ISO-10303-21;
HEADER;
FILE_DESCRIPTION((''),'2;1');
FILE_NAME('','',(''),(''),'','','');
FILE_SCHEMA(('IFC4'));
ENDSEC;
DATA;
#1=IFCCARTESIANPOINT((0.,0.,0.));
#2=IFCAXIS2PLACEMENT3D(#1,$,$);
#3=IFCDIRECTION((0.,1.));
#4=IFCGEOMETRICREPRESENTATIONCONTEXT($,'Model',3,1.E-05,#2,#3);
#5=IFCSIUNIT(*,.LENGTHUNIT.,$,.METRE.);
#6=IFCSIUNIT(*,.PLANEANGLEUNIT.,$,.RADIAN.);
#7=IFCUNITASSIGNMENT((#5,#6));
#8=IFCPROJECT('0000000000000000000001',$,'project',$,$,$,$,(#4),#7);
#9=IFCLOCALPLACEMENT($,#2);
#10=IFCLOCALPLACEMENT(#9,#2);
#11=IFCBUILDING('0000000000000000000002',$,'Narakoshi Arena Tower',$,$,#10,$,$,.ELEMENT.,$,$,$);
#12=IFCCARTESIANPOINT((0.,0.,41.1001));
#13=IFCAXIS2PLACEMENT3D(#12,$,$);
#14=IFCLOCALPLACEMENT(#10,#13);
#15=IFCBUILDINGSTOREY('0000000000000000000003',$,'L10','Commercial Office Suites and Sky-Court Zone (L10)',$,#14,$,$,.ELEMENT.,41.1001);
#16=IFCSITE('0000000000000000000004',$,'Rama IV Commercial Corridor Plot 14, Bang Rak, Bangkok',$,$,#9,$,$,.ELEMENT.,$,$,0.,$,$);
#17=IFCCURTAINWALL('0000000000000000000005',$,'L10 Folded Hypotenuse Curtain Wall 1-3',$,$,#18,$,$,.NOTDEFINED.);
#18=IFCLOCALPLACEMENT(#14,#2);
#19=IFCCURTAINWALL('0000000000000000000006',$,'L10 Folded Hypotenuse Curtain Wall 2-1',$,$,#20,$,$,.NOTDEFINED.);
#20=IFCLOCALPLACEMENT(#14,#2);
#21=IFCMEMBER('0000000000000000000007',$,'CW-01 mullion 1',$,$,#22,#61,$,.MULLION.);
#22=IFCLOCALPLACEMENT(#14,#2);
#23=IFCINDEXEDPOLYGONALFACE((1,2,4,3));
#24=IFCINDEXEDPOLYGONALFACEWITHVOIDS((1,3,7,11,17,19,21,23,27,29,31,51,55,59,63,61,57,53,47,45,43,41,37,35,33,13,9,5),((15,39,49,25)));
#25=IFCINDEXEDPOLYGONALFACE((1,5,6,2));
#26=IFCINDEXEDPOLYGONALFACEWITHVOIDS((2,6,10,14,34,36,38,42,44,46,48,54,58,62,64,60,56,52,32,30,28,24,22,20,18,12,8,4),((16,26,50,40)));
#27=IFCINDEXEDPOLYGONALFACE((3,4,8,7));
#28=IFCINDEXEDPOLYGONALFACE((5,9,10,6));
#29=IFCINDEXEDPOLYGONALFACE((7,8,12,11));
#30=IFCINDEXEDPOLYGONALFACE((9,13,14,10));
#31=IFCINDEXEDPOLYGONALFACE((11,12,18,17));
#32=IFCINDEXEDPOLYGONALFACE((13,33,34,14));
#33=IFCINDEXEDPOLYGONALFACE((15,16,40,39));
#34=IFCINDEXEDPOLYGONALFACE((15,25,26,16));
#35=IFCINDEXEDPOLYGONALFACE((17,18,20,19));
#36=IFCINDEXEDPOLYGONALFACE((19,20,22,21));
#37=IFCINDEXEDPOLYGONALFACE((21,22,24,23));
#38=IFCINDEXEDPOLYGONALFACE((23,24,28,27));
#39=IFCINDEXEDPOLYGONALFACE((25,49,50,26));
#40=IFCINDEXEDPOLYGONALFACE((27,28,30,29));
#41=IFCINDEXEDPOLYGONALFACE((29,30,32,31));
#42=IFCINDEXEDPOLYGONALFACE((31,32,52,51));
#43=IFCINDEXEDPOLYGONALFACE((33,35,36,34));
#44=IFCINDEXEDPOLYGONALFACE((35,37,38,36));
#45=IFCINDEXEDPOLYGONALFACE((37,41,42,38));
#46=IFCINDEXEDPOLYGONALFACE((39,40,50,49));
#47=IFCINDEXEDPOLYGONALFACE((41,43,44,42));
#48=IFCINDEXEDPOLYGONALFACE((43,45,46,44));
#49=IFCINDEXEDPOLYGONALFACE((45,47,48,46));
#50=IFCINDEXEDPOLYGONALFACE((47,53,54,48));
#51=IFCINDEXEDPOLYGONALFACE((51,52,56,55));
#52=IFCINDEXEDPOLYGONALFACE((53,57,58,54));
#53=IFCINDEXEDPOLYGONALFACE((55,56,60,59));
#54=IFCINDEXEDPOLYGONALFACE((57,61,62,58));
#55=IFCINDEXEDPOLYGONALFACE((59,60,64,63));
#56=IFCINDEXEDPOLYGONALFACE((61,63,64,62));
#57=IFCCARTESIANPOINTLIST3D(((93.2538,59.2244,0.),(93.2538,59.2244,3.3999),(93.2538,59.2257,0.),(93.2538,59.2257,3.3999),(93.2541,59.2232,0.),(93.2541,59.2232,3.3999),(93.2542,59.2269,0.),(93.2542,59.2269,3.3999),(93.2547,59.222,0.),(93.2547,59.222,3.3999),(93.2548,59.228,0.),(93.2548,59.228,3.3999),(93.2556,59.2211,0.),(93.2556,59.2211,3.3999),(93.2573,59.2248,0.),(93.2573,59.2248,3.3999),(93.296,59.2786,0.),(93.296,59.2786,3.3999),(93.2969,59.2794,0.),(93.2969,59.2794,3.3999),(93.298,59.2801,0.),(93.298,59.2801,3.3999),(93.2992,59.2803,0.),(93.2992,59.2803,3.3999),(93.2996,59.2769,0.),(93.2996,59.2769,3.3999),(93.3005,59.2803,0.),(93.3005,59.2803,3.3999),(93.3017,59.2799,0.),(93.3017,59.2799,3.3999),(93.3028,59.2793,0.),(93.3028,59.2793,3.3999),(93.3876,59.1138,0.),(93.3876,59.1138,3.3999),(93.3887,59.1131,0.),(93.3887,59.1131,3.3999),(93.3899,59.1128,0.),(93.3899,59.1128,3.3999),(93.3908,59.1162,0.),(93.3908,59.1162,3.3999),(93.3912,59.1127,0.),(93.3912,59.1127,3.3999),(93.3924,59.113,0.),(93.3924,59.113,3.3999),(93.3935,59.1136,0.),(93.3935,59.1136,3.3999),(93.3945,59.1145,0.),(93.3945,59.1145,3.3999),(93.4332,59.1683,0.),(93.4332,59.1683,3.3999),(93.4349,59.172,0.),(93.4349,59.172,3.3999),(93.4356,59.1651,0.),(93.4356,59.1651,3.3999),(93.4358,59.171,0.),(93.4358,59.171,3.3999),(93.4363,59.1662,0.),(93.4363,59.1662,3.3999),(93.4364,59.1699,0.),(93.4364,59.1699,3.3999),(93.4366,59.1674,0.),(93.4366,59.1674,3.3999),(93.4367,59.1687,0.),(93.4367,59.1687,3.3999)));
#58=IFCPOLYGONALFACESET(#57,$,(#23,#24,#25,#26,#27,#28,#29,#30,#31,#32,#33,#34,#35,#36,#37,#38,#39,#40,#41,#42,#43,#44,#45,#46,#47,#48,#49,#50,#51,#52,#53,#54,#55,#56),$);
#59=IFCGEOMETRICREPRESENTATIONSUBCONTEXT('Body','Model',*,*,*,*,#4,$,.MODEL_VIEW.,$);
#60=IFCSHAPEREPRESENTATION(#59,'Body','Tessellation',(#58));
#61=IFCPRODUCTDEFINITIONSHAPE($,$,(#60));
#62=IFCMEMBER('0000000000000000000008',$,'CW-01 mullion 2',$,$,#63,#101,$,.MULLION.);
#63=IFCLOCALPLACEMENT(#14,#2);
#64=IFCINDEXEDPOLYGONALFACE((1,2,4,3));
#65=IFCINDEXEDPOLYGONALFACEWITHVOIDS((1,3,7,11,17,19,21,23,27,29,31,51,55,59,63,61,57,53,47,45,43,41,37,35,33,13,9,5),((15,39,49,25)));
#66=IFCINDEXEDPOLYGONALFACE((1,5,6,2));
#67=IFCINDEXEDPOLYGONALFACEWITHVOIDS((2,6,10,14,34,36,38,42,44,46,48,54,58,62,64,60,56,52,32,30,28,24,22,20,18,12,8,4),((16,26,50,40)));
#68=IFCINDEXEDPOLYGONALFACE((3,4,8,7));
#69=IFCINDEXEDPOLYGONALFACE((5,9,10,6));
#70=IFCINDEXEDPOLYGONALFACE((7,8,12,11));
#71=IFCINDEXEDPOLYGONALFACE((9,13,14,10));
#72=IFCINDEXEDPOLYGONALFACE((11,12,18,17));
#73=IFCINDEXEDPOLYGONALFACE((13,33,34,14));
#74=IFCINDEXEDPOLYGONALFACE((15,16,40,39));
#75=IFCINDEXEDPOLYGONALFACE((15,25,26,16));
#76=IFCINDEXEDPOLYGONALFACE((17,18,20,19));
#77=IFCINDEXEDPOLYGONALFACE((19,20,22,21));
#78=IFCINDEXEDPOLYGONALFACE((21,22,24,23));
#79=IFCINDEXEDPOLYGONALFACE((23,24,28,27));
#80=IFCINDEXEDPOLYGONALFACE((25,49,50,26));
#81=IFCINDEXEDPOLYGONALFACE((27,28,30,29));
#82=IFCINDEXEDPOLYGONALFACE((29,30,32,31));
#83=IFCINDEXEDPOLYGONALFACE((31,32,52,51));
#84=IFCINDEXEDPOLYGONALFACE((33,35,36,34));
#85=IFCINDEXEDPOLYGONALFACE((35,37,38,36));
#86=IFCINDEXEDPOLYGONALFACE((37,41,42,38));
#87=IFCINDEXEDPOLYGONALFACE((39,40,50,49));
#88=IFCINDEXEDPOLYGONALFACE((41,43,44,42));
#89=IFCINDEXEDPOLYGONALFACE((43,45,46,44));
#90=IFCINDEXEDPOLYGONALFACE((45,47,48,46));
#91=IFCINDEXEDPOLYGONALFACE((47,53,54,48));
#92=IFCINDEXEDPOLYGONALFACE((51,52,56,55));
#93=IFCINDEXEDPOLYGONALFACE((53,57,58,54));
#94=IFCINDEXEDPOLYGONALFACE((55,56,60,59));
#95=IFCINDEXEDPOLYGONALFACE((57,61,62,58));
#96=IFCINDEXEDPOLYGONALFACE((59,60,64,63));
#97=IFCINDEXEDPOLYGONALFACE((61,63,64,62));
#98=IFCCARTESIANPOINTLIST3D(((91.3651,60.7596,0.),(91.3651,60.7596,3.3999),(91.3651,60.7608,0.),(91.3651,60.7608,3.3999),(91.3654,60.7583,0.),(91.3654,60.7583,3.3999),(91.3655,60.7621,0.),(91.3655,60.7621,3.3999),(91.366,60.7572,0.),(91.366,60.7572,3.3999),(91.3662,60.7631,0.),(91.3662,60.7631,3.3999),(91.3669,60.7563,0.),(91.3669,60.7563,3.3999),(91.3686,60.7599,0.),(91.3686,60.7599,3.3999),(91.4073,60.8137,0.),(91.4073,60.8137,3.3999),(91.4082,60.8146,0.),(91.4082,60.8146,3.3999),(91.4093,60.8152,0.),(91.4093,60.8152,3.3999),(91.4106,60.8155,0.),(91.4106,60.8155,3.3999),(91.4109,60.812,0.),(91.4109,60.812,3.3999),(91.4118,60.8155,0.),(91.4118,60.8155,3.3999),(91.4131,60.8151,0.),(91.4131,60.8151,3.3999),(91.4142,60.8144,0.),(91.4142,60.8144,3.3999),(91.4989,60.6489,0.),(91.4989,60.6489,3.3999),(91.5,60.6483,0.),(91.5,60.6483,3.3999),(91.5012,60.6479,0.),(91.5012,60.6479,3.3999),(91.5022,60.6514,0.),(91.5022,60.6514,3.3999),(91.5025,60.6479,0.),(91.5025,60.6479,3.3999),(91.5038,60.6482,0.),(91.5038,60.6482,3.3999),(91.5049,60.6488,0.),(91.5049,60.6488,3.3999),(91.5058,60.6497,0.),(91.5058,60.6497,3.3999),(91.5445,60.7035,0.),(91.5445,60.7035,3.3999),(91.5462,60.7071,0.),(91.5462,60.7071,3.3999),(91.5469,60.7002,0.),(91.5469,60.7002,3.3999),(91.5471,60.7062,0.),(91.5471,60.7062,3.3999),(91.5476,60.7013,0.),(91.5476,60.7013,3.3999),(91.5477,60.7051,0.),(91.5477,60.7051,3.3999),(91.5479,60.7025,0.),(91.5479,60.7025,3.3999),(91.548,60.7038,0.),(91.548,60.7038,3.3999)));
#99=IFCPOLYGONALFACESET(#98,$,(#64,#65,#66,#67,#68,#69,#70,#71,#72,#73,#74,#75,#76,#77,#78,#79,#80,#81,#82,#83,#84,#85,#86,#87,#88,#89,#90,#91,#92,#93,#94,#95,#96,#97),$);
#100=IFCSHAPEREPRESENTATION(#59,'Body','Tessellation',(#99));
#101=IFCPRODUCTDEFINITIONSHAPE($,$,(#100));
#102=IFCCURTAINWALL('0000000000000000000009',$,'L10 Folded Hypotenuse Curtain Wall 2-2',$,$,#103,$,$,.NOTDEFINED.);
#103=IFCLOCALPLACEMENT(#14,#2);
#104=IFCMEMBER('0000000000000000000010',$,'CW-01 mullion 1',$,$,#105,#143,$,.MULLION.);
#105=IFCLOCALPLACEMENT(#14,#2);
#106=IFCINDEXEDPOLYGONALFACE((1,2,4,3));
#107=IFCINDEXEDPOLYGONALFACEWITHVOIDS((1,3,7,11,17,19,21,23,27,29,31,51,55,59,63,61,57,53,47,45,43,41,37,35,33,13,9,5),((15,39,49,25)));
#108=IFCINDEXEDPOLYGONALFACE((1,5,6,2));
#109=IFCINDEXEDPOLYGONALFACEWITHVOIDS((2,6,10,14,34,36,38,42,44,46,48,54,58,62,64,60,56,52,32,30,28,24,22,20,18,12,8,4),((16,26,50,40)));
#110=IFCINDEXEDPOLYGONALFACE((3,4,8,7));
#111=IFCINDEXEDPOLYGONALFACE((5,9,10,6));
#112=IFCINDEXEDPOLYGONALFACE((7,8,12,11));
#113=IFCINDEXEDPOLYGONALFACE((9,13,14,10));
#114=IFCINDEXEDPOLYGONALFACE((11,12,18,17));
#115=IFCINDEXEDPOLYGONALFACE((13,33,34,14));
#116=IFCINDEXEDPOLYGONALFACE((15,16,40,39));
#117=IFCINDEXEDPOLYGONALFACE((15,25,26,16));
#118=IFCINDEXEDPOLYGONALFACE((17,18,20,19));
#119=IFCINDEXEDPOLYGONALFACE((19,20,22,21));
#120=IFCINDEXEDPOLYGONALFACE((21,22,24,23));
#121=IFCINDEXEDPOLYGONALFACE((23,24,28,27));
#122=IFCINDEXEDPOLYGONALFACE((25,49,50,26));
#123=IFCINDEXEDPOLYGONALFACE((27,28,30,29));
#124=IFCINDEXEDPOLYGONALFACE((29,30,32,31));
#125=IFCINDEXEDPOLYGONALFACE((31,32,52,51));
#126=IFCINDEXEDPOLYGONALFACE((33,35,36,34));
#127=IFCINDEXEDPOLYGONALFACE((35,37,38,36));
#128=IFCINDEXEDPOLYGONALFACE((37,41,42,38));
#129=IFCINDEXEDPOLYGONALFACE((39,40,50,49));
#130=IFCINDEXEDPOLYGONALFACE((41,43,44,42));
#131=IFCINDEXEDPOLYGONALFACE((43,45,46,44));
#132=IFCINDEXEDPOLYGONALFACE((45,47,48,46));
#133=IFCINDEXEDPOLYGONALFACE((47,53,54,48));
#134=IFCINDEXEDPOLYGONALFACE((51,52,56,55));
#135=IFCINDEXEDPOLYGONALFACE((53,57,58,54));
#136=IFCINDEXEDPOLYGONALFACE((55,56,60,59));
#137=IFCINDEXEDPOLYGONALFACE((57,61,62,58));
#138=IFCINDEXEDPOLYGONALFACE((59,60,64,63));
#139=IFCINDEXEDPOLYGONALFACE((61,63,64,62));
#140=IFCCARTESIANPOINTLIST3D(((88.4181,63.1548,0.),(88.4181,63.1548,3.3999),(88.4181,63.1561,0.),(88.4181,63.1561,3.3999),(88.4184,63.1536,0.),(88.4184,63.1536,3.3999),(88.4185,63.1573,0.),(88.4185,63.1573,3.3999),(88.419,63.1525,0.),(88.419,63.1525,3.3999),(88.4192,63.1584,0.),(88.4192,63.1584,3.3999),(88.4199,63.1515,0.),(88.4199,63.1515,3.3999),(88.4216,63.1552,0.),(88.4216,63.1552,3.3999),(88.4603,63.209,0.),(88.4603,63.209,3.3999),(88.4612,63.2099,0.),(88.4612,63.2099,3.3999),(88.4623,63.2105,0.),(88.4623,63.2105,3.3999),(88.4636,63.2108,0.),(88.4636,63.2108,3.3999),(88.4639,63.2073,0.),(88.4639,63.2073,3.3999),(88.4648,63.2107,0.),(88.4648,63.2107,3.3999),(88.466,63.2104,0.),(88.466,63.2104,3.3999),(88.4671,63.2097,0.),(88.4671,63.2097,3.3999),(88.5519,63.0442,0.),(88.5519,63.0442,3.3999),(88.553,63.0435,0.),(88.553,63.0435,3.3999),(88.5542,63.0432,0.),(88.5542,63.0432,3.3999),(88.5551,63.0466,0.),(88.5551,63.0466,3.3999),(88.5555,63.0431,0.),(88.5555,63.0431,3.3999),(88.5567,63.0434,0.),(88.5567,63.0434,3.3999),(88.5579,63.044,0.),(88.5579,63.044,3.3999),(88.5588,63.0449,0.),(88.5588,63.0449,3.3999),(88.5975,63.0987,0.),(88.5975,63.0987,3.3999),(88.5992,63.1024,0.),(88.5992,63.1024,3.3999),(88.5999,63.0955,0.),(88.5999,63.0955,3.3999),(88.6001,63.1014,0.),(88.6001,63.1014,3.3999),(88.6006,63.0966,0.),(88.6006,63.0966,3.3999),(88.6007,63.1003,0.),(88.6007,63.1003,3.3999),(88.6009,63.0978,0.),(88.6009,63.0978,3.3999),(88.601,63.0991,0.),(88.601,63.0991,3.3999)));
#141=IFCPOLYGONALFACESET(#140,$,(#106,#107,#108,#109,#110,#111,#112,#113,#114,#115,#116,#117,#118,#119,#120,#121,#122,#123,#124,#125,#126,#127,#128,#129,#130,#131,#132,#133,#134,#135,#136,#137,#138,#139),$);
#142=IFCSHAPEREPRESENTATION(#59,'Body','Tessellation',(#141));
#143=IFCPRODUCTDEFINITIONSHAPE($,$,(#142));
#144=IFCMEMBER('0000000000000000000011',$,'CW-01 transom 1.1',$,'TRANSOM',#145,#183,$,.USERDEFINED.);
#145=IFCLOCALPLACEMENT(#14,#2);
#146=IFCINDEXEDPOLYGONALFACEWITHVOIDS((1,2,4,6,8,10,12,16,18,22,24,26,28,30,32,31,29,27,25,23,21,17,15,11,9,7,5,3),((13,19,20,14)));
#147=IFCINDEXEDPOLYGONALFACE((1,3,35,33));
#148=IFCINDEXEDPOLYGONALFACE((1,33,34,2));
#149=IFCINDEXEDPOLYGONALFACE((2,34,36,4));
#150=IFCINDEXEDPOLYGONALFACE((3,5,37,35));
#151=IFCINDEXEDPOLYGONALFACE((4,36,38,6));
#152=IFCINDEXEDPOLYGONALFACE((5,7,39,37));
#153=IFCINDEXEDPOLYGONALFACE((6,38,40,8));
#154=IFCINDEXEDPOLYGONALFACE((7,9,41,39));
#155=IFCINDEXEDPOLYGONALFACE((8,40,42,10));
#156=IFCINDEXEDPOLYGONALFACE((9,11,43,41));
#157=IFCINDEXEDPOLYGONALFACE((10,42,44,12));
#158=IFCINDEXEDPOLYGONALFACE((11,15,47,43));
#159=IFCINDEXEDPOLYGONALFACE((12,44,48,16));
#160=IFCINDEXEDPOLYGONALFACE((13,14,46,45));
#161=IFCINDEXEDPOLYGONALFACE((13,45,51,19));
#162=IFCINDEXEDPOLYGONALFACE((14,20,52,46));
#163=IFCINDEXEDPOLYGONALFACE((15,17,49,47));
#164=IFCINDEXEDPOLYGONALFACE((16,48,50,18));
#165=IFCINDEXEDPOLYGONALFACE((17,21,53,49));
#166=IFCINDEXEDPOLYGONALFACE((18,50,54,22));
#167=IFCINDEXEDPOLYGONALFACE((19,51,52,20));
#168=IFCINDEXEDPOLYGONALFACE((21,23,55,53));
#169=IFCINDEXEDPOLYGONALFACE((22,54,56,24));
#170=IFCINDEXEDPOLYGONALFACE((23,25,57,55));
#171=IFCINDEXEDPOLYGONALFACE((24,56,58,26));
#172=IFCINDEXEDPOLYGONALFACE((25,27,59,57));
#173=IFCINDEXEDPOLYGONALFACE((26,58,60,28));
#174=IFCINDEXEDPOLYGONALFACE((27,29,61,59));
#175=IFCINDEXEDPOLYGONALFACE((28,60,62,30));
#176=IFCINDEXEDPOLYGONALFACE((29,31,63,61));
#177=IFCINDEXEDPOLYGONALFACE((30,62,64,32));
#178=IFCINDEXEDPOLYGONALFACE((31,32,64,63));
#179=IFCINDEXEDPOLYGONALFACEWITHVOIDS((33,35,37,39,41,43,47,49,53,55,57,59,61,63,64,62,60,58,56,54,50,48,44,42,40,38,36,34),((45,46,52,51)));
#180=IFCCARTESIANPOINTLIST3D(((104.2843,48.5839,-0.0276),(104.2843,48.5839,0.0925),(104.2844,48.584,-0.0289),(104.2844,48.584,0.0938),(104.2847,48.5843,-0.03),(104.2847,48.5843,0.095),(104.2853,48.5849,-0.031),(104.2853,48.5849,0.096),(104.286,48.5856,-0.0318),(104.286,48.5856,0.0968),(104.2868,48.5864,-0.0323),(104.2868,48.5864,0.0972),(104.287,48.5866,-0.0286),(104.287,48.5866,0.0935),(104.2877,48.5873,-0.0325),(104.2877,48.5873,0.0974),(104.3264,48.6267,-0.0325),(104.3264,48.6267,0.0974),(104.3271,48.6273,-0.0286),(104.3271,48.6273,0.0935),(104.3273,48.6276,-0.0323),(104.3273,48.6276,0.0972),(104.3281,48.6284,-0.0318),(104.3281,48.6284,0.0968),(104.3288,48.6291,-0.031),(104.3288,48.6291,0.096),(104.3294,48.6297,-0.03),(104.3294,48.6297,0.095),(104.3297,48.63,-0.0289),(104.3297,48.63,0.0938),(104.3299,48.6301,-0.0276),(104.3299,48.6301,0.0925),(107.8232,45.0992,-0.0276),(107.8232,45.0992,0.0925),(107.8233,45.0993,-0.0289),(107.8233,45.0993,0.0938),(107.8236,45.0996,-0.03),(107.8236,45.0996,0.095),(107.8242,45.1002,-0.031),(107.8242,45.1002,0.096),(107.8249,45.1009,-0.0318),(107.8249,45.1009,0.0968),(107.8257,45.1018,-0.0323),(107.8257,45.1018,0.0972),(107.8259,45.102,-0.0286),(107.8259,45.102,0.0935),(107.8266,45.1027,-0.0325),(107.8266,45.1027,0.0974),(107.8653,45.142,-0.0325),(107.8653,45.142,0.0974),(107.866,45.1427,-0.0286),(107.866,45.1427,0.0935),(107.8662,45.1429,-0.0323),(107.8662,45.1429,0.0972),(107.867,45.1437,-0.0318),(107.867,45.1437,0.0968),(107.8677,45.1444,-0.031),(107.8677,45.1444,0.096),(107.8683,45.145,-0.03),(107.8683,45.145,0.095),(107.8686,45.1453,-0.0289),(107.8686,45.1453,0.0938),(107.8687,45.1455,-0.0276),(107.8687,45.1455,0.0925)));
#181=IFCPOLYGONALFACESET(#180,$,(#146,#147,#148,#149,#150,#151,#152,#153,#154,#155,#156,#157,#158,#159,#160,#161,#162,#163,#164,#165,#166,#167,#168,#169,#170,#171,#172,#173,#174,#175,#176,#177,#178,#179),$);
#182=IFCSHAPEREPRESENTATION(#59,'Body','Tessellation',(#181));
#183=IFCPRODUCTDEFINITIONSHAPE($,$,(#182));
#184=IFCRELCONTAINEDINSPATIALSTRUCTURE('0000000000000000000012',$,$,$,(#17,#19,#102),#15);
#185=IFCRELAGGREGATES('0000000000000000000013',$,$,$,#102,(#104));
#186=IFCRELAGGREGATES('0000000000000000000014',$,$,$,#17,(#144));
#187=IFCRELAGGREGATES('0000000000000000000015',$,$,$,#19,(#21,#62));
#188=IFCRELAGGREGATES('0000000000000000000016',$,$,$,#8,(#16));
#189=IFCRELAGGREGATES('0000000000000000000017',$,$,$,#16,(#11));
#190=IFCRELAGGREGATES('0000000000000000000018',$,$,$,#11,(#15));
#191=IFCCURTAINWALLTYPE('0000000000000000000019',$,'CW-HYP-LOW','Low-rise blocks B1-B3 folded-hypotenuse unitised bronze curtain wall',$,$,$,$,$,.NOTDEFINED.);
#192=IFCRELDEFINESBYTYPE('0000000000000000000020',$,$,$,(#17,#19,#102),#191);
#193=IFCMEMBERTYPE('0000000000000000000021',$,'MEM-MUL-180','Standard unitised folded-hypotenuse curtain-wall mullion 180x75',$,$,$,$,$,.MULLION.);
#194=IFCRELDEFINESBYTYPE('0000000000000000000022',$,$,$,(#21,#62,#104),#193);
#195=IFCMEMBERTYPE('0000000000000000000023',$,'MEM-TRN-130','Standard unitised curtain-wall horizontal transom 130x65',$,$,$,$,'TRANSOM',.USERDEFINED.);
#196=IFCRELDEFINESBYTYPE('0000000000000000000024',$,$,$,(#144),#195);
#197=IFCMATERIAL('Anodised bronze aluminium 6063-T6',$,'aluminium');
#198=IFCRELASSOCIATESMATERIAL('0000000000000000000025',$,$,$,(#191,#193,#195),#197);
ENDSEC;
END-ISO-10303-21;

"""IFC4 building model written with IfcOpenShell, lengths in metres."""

from ifc_helpers import new_model, si_unit, direction, frame, origin, origin_2d, place, context, subcontext, project, spatial, hollow_rectangle, extrude, material, material_profile, profile_set, type_object, element, aggregate, save


model = new_model("IFC4")

# Units and contexts
model_context = context("Model", 3, precision=1e-05, world=origin(), true_north=direction((0.0, 1.0)))
body_context = subcontext(model_context, "Body", "Model", "MODEL_VIEW")
ifc_project = project(units=[si_unit("LENGTHUNIT", "METRE"), si_unit("PLANEANGLEUNIT", "RADIAN")], contexts=[model_context])

# Site, building, storey
site_placement = place(None, origin())
site = spatial("IfcSite", under=ifc_project, at=site_placement, Name="Rama IV Commercial Corridor Plot 14, Bang Rak, Bangkok", CompositionType="ELEMENT", RefElevation=0.0)
building_placement = place(site_placement, origin())
building = spatial("IfcBuilding", under=site, at=building_placement, Name="Narakoshi Arena Tower", CompositionType="ELEMENT")
storey_placement = place(building_placement, frame((0.0, 0.0, 41.1001)))
storey = spatial("IfcBuildingStorey", under=building, at=storey_placement, Name="L10", Description="Commercial Office Suites and Sky-Court Zone (L10)", CompositionType="ELEMENT", Elevation=41.1001)

# Curtain walls, members
ifc_material_1 = material(Name="Anodised bronze aluminium 6063-T6", Category="aluminium")
curtain_wall_type = type_object("IfcCurtainWallType", Name="CW-HYP-LOW", Description="Low-rise blocks B1-B3 folded-hypotenuse unitised bronze curtain wall", PredefinedType="NOTDEFINED", material=ifc_material_1)
curtain_wall_1_placement = place(storey_placement, origin())
curtain_wall_1 = element("IfcCurtainWall", 1, at=curtain_wall_1_placement, inside=storey, type_object=curtain_wall_type, Name="L10 Folded Hypotenuse Curtain Wall 1-3", PredefinedType="NOTDEFINED")
ifc_material_profile_1 = material_profile(ifc_material_1, hollow_rectangle(XDim=0.075, YDim=0.1799, WallThickness=0.0039, OuterFilletRadius=0.0049, at=origin_2d()), Name="MUL180x75x4")
ifc_profile_set_1 = profile_set([ifc_material_profile_1], Name="Anodised bronze aluminium 6063-T6")
member_type_1 = type_object("IfcMemberType", Name="MEM-MUL-180", Description="Standard unitised folded-hypotenuse curtain-wall mullion 180x75", PredefinedType="MULLION", material=ifc_profile_set_1)
curtain_wall_2_placement = place(storey_placement, origin())
curtain_wall_2 = element("IfcCurtainWall", 2, at=curtain_wall_2_placement, inside=storey, type_object=curtain_wall_type, Name="L10 Folded Hypotenuse Curtain Wall 2-1", PredefinedType="NOTDEFINED")
member_1_placement = place(storey_placement, frame((93.3452, 59.1965, 0.0), z_axis=(0.0, 0.0, 1.0), x_axis=(-0.630723, -0.776008, 0.0)))
member_1 = element("IfcMember", 3, at=member_1_placement, type_object=member_type_1, Name="CW-01 mullion 1", PredefinedType="MULLION", context=body_context, shape_type="SweptSolid", body=[
    extrude(hollow_rectangle(XDim=0.075, YDim=0.1799, WallThickness=0.0039, OuterFilletRadius=0.0049, at=origin_2d()), origin(), (0.0, 0.0, 1.0), 3.3999),
])
member_2_placement = place(storey_placement, frame((91.4565, 60.7317, 0.0), z_axis=(0.0, 0.0, 1.0), x_axis=(-0.630723, -0.776008, 0.0)))
member_2 = element("IfcMember", 4, at=member_2_placement, type_object=member_type_1, Name="CW-01 mullion 2", PredefinedType="MULLION", context=body_context, shape_type="SweptSolid", body=[
    extrude(hollow_rectangle(XDim=0.075, YDim=0.1799, WallThickness=0.0039, OuterFilletRadius=0.0049, at=origin_2d()), origin(), (0.0, 0.0, 1.0), 3.3999),
])

# Curtain wall, member
curtain_wall_3_placement = place(storey_placement, origin())
curtain_wall_3 = element("IfcCurtainWall", 5, at=curtain_wall_3_placement, inside=storey, type_object=curtain_wall_type, Name="L10 Folded Hypotenuse Curtain Wall 2-2", PredefinedType="NOTDEFINED")
member_3_placement = place(storey_placement, frame((88.5095, 63.127, 0.0), z_axis=(0.0, 0.0, 1.0), x_axis=(-0.630735, -0.775998, 0.0)))
member_3 = element("IfcMember", 6, at=member_3_placement, type_object=member_type_1, Name="CW-01 mullion 1", PredefinedType="MULLION", context=body_context, shape_type="SweptSolid", body=[
    extrude(hollow_rectangle(XDim=0.075, YDim=0.1799, WallThickness=0.0039, OuterFilletRadius=0.0049, at=origin_2d()), origin(), (0.0, 0.0, 1.0), 3.3999),
])
aggregate(curtain_wall_3, [member_3])

# Member
ifc_material_profile_2 = material_profile(ifc_material_1, hollow_rectangle(XDim=0.0649, YDim=0.1299, WallThickness=0.0039, OuterFilletRadius=0.0049, at=origin_2d()), Name="TRN130x65x4")
ifc_profile_set_2 = profile_set([ifc_material_profile_2], Name="Anodised bronze aluminium 6063-T6")
member_type_2 = type_object("IfcMemberType", Name="MEM-TRN-130", Description="Standard unitised curtain-wall horizontal transom 130x65", ElementType="TRANSOM", PredefinedType="USERDEFINED", material=ifc_profile_set_2)
member_4_placement = place(storey_placement, frame((107.8459, 45.1223, 0.0325), z_axis=(-0.712542, 0.701629, 0.0), x_axis=(-0.701629, -0.712542, 0.0)))
member_4 = element("IfcMember", 7, at=member_4_placement, type_object=member_type_2, Name="CW-01 transom 1.1", ObjectType="TRANSOM", PredefinedType="USERDEFINED", context=body_context, shape_type="SweptSolid", body=[
    extrude(hollow_rectangle(XDim=0.0649, YDim=0.1299, WallThickness=0.0039, OuterFilletRadius=0.0049, at=origin_2d()), origin(), (0.0, 0.0, 1.0), 4.9666),
])

aggregate(curtain_wall_1, [member_4])
aggregate(curtain_wall_2, [member_1, member_2])

save(model, "model.ifc")
